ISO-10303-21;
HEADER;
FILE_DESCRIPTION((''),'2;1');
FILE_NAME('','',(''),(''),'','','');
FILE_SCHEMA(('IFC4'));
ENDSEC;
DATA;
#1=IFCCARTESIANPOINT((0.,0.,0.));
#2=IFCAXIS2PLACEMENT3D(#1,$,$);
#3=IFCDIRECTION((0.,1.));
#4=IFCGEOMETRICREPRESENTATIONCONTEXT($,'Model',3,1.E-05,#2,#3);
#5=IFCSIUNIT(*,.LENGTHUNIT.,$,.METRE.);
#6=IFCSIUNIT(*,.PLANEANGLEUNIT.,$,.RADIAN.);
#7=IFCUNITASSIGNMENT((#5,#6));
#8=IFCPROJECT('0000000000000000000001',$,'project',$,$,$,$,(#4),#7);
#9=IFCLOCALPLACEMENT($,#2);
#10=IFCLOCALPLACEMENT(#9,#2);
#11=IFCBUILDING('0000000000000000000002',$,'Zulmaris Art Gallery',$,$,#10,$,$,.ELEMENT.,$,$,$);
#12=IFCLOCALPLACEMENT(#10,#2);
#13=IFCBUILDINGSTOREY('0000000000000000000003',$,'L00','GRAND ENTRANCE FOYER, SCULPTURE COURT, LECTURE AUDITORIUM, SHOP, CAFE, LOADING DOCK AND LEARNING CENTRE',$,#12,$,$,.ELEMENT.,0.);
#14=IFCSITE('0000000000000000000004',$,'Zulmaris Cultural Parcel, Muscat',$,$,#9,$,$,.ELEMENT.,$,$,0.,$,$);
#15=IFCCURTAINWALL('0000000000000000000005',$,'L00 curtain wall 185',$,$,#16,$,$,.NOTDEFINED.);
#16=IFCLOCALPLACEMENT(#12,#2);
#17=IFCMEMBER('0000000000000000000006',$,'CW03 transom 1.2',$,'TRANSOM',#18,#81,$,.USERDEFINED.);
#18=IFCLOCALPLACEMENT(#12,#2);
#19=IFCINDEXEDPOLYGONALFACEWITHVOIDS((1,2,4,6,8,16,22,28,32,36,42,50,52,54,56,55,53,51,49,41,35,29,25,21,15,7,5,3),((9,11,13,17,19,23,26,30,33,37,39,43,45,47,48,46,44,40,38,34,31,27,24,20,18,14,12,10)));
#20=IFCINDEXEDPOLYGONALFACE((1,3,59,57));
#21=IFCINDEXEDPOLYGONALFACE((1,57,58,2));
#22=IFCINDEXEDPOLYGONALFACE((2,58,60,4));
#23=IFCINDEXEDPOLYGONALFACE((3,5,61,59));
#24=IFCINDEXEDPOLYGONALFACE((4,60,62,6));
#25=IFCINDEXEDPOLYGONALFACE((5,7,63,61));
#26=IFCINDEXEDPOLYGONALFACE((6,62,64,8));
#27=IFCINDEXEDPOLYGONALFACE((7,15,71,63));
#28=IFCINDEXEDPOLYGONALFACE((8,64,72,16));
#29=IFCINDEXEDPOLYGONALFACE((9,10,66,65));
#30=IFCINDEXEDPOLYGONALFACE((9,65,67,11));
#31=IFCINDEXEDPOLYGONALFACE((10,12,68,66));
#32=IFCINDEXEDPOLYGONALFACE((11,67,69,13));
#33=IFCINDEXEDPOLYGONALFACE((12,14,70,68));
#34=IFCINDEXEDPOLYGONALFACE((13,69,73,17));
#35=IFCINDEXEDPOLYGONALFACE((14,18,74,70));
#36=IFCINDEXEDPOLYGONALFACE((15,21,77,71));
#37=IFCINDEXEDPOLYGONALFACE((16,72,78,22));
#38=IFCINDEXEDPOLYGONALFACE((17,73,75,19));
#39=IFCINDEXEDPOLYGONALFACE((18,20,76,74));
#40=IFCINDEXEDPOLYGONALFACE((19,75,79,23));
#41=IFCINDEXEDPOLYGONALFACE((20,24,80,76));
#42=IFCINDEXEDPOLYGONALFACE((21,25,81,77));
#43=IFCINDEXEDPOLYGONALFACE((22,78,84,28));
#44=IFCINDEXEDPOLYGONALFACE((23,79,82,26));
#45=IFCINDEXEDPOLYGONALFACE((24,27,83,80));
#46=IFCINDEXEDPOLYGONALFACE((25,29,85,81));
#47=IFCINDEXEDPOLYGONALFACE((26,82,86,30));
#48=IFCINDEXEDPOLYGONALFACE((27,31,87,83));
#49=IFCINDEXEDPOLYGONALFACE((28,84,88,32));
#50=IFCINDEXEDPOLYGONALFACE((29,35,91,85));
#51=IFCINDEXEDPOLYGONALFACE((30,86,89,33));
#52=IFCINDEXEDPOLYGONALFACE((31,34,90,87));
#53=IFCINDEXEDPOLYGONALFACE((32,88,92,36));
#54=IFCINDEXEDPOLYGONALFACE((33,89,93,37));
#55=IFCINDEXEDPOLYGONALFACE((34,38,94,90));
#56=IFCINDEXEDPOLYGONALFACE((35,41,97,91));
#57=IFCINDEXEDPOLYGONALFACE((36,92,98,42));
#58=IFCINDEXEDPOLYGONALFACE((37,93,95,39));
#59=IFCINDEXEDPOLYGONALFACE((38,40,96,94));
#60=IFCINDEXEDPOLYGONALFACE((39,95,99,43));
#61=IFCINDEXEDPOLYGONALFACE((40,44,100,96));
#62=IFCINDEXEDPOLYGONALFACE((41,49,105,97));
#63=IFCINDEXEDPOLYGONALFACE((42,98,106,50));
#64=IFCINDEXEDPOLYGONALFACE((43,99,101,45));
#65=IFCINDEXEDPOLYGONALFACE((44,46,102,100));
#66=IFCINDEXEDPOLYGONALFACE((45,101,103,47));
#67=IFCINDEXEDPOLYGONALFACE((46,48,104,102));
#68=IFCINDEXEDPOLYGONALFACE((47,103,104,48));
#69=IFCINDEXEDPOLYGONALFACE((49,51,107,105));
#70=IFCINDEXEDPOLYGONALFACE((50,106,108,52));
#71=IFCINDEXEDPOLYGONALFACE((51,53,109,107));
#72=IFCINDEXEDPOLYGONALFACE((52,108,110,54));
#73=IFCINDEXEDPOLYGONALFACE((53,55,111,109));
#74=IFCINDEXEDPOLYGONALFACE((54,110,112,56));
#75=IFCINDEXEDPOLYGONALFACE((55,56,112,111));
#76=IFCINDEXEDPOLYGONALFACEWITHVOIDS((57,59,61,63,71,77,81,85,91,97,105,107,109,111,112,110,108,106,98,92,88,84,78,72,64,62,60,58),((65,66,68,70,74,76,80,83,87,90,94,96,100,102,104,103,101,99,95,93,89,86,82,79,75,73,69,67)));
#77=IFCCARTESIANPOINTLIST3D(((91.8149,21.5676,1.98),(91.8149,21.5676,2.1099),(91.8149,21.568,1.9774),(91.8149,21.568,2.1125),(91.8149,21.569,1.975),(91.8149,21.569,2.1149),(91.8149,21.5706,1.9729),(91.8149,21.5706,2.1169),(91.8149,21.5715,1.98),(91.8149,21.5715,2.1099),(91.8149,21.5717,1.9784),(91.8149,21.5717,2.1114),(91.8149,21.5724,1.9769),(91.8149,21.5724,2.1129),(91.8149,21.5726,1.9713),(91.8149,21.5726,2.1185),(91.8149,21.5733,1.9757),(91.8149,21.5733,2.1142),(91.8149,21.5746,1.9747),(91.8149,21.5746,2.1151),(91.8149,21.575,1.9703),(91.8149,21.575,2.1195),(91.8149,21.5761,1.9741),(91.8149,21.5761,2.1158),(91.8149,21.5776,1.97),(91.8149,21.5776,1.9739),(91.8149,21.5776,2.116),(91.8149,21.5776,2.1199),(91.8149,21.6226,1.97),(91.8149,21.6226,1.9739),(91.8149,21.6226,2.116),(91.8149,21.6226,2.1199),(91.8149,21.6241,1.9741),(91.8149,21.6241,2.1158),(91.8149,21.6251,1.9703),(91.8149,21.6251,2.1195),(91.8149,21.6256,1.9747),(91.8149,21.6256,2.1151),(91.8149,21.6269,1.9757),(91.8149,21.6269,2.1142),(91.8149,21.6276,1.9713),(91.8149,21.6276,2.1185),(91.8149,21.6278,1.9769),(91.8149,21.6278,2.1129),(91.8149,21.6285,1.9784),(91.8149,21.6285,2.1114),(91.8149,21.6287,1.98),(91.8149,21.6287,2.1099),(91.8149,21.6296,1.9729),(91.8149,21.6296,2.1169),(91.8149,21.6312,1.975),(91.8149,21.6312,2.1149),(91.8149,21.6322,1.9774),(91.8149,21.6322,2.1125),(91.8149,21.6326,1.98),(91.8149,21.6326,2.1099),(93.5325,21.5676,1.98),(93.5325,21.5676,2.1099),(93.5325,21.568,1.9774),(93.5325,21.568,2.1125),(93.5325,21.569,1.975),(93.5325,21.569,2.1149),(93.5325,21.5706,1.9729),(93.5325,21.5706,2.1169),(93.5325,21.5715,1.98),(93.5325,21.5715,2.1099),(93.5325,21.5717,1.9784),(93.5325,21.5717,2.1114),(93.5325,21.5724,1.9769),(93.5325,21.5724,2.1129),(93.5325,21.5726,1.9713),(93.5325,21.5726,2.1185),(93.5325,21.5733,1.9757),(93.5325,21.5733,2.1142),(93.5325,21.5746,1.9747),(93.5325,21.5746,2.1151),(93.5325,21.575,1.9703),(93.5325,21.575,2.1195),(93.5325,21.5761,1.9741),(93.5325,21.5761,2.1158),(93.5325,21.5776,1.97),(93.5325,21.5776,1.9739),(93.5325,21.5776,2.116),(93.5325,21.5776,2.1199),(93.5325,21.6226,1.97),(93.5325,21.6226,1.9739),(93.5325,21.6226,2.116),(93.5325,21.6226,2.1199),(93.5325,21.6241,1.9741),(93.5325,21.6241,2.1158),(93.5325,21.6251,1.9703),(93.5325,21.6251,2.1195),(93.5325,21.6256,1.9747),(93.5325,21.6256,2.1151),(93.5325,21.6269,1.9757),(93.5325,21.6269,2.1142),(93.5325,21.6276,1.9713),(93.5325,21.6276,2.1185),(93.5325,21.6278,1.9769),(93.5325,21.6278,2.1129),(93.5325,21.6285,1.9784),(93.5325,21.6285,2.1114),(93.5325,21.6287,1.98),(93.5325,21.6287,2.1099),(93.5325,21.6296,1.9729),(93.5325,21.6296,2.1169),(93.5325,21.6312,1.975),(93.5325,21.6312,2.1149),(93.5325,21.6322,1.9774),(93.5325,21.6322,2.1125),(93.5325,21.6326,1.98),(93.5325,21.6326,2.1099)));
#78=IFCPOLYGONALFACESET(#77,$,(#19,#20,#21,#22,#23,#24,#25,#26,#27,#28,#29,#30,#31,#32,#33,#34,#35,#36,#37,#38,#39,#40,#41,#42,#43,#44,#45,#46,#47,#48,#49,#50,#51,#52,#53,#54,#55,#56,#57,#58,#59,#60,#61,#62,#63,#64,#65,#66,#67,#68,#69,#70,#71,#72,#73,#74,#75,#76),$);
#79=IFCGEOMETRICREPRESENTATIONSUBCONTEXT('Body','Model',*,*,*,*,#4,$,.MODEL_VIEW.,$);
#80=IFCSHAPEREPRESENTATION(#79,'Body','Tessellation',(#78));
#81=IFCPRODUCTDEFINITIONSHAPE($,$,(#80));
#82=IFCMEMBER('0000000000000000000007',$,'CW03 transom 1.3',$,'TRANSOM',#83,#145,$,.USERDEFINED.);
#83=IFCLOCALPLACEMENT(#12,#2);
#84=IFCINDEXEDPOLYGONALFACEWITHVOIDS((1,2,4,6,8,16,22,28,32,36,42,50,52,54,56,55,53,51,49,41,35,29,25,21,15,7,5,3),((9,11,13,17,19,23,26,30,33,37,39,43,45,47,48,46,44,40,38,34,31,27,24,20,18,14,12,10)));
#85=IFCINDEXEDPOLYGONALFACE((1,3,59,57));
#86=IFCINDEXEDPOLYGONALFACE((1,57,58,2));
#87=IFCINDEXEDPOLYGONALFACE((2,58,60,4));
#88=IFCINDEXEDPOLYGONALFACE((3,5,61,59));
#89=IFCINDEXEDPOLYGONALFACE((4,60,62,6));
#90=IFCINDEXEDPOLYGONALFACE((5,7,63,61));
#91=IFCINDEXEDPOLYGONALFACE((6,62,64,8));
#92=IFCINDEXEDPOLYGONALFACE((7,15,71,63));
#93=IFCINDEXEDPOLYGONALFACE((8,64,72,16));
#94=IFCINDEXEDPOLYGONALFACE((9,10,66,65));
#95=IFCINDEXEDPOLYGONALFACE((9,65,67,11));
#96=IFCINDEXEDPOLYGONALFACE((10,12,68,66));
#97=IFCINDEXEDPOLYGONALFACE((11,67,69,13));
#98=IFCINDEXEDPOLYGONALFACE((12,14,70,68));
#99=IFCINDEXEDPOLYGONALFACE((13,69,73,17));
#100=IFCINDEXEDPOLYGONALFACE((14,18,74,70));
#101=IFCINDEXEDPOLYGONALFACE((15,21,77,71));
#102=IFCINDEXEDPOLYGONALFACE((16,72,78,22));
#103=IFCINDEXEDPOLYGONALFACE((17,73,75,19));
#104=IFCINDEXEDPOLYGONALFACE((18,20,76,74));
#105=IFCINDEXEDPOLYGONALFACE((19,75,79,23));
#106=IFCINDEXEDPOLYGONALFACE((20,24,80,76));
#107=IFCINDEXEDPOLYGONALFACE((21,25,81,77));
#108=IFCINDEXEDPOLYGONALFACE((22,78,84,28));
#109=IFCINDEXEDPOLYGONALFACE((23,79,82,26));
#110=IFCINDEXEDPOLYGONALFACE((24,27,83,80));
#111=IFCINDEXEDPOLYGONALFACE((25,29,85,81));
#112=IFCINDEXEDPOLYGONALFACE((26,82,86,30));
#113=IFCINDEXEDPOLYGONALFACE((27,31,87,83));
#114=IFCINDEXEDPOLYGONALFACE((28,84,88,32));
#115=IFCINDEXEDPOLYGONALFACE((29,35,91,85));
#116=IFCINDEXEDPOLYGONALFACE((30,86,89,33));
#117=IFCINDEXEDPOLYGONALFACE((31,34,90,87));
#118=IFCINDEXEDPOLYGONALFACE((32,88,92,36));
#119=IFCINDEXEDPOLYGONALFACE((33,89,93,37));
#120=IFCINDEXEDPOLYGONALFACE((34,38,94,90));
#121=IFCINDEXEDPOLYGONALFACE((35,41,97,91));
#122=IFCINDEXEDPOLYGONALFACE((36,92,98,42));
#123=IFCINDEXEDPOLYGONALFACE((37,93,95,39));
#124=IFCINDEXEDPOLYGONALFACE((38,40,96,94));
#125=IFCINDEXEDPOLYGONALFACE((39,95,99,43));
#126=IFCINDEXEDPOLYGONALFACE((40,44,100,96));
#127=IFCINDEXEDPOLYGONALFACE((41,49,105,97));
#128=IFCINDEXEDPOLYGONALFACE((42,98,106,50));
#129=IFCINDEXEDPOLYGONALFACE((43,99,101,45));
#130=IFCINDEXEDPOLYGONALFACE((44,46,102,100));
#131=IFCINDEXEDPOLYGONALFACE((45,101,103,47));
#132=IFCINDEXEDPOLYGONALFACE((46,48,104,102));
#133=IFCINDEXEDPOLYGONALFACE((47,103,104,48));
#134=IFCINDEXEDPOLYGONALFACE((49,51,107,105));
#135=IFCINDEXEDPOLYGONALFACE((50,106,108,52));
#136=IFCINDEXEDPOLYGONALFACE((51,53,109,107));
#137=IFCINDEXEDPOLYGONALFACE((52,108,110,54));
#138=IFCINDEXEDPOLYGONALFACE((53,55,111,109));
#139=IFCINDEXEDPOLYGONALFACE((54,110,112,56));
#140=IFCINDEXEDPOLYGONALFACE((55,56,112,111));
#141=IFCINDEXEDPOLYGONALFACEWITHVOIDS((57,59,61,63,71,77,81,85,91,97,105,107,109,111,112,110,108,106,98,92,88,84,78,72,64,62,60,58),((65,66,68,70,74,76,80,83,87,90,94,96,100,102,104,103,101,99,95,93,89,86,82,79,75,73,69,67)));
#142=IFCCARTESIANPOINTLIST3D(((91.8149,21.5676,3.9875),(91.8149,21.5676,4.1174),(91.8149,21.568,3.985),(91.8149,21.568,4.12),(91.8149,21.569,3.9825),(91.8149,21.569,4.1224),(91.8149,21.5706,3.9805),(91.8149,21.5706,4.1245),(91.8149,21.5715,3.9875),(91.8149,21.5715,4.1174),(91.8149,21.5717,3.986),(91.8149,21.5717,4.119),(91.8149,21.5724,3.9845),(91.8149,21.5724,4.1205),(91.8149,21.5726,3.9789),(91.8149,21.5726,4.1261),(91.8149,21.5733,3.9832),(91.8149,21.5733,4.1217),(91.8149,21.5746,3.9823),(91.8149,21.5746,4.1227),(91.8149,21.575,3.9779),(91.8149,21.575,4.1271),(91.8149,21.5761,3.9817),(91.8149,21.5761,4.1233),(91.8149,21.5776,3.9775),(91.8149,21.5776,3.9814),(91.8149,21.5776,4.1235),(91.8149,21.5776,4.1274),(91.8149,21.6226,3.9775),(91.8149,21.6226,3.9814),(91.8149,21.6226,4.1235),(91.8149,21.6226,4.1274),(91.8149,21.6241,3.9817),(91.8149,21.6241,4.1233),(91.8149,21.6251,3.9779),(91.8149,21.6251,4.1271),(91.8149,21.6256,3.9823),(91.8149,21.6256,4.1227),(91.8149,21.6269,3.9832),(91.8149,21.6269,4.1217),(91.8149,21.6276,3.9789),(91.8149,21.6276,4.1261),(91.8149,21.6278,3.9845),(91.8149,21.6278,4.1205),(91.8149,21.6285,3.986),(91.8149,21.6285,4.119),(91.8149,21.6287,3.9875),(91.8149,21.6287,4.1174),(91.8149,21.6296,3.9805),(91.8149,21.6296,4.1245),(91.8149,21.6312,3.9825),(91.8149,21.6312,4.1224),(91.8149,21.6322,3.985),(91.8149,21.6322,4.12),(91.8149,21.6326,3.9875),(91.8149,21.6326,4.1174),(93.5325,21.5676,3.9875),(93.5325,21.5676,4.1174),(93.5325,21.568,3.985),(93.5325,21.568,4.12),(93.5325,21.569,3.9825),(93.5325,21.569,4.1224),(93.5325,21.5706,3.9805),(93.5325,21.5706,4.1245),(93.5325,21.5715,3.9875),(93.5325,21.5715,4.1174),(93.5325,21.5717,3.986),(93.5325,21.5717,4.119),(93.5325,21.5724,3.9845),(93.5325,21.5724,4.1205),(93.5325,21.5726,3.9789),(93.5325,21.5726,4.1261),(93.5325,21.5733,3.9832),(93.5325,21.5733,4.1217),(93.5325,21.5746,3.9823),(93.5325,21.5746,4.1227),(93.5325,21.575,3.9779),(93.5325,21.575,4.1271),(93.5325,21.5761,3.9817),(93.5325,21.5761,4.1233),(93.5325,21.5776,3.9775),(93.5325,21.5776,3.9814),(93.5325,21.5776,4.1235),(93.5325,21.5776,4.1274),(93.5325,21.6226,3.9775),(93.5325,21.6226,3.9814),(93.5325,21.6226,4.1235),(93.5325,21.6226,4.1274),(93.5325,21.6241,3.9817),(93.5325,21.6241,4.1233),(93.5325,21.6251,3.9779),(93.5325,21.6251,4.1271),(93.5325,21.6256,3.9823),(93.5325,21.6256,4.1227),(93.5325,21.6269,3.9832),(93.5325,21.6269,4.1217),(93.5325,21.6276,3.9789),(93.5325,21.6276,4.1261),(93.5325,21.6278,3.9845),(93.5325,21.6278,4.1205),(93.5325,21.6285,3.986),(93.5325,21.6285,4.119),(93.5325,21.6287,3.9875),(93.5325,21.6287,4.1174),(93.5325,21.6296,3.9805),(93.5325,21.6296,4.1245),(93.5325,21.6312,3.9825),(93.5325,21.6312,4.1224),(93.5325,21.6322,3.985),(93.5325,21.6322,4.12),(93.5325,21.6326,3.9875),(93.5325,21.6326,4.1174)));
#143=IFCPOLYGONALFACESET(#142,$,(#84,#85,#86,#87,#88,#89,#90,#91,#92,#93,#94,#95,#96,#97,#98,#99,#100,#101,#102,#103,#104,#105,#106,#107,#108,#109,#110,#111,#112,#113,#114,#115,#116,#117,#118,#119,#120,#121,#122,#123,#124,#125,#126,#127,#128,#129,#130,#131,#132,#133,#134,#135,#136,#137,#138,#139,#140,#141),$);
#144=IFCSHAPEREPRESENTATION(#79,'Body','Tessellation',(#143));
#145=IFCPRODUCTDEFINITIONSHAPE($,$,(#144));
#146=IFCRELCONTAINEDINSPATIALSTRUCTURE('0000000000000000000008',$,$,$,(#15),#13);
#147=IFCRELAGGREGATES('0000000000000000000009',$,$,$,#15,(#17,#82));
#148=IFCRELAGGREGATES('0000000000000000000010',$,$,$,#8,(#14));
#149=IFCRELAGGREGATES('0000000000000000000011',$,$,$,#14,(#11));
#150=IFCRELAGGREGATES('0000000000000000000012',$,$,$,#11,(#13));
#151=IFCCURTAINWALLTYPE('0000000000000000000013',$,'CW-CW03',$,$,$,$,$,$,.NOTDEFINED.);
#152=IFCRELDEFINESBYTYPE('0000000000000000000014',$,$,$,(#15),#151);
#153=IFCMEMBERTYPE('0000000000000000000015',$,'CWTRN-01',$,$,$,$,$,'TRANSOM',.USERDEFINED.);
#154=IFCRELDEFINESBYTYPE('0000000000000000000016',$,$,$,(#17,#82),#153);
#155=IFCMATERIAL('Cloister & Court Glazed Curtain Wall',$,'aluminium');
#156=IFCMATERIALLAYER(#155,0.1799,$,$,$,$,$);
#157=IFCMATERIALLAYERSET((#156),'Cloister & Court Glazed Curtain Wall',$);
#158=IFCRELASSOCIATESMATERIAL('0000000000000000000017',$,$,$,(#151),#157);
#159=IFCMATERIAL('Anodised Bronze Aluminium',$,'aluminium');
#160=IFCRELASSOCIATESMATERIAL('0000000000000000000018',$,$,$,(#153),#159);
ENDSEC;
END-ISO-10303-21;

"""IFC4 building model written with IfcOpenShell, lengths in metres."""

from ifc_helpers import new_model, si_unit, direction, frame, origin, origin_2d, place, context, subcontext, project, spatial, hollow_rectangle, extrude, material, layer, layer_set, material_profile, profile_set, type_object, element, aggregate, save


model = new_model("IFC4")

# Units and contexts
model_context = context("Model", 3, precision=1e-05, world=origin(), true_north=direction((0.0, 1.0)))
body_context = subcontext(model_context, "Body", "Model", "MODEL_VIEW")
ifc_project = project(units=[si_unit("LENGTHUNIT", "METRE"), si_unit("PLANEANGLEUNIT", "RADIAN")], contexts=[model_context])

# Site, building, storey
site_placement = place(None, origin())
site = spatial("IfcSite", under=ifc_project, at=site_placement, Name="Zulmaris Cultural Parcel, Muscat", CompositionType="ELEMENT", RefElevation=0.0)
building_placement = place(site_placement, origin())
building = spatial("IfcBuilding", under=site, at=building_placement, Name="Zulmaris Art Gallery", CompositionType="ELEMENT")
storey_placement = place(building_placement, origin())
storey = spatial("IfcBuildingStorey", under=building, at=storey_placement, Name="L00", Description="GRAND ENTRANCE FOYER, SCULPTURE COURT, LECTURE AUDITORIUM, SHOP, CAFE, LOADING DOCK AND LEARNING CENTRE", CompositionType="ELEMENT", Elevation=0.0)

# Shared definitions
ifc_material_1 = material(Name="Cloister & Court Glazed Curtain Wall", Category="aluminium")
ifc_layer_1 = layer(ifc_material_1, 0.1799)
ifc_layer_set_1 = layer_set([ifc_layer_1], Name="Cloister & Court Glazed Curtain Wall")
curtain_wall_type = type_object("IfcCurtainWallType", Name="CW-CW03", PredefinedType="NOTDEFINED", material=ifc_layer_set_1)
ifc_material_2 = material(Name="Anodised Bronze Aluminium", Category="aluminium")

# Curtain wall
curtain_wall_1_placement = place(storey_placement, origin())
curtain_wall_1 = element("IfcCurtainWall", 1, at=curtain_wall_1_placement, inside=storey, type_object=curtain_wall_type, Name="L00 curtain wall 185", PredefinedType="NOTDEFINED")

# Members
ifc_material_profile_1 = material_profile(ifc_material_2, hollow_rectangle(XDim=0.0649, YDim=0.1499, WallThickness=0.0039, InnerFilletRadius=0.0061, OuterFilletRadius=0.01, at=origin_2d()), Name="ALU 65x150x4")
ifc_profile_set_1 = profile_set([ifc_material_profile_1], Name="Anodised Bronze Aluminium")
member_type_1 = type_object("IfcMemberType", Name="CWTRN-01", ElementType="TRANSOM", PredefinedType="USERDEFINED", material=ifc_profile_set_1)
member_1_placement = place(storey_placement, frame((91.8149, 21.6001, 2.0449), z_axis=(1.0, 0.0, 0.0), x_axis=(0.0, 1.0, 0.0)))
member_1 = element("IfcMember", 2, at=member_1_placement, type_object=member_type_1, Name="CW03 transom 1.2", ObjectType="TRANSOM", PredefinedType="USERDEFINED", context=body_context, shape_type="SweptSolid", body=[
    extrude(hollow_rectangle(XDim=0.0649, YDim=0.1499, WallThickness=0.0039, InnerFilletRadius=0.0061, OuterFilletRadius=0.01, at=origin_2d()), origin(), (0.0, 0.0, 1.0), 1.7175),
])
member_2_placement = place(storey_placement, frame((91.8149, 21.6001, 4.0525), z_axis=(1.0, 0.0, 0.0), x_axis=(0.0, 1.0, 0.0)))
member_2 = element("IfcMember", 3, at=member_2_placement, type_object=member_type_1, Name="CW03 transom 1.3", ObjectType="TRANSOM", PredefinedType="USERDEFINED", context=body_context, shape_type="SweptSolid", body=[
    extrude(hollow_rectangle(XDim=0.0649, YDim=0.1499, WallThickness=0.0039, InnerFilletRadius=0.0061, OuterFilletRadius=0.01, at=origin_2d()), origin(), (0.0, 0.0, 1.0), 1.7175),
])

aggregate(curtain_wall_1, [member_1, member_2])

save(model, "model.ifc")
